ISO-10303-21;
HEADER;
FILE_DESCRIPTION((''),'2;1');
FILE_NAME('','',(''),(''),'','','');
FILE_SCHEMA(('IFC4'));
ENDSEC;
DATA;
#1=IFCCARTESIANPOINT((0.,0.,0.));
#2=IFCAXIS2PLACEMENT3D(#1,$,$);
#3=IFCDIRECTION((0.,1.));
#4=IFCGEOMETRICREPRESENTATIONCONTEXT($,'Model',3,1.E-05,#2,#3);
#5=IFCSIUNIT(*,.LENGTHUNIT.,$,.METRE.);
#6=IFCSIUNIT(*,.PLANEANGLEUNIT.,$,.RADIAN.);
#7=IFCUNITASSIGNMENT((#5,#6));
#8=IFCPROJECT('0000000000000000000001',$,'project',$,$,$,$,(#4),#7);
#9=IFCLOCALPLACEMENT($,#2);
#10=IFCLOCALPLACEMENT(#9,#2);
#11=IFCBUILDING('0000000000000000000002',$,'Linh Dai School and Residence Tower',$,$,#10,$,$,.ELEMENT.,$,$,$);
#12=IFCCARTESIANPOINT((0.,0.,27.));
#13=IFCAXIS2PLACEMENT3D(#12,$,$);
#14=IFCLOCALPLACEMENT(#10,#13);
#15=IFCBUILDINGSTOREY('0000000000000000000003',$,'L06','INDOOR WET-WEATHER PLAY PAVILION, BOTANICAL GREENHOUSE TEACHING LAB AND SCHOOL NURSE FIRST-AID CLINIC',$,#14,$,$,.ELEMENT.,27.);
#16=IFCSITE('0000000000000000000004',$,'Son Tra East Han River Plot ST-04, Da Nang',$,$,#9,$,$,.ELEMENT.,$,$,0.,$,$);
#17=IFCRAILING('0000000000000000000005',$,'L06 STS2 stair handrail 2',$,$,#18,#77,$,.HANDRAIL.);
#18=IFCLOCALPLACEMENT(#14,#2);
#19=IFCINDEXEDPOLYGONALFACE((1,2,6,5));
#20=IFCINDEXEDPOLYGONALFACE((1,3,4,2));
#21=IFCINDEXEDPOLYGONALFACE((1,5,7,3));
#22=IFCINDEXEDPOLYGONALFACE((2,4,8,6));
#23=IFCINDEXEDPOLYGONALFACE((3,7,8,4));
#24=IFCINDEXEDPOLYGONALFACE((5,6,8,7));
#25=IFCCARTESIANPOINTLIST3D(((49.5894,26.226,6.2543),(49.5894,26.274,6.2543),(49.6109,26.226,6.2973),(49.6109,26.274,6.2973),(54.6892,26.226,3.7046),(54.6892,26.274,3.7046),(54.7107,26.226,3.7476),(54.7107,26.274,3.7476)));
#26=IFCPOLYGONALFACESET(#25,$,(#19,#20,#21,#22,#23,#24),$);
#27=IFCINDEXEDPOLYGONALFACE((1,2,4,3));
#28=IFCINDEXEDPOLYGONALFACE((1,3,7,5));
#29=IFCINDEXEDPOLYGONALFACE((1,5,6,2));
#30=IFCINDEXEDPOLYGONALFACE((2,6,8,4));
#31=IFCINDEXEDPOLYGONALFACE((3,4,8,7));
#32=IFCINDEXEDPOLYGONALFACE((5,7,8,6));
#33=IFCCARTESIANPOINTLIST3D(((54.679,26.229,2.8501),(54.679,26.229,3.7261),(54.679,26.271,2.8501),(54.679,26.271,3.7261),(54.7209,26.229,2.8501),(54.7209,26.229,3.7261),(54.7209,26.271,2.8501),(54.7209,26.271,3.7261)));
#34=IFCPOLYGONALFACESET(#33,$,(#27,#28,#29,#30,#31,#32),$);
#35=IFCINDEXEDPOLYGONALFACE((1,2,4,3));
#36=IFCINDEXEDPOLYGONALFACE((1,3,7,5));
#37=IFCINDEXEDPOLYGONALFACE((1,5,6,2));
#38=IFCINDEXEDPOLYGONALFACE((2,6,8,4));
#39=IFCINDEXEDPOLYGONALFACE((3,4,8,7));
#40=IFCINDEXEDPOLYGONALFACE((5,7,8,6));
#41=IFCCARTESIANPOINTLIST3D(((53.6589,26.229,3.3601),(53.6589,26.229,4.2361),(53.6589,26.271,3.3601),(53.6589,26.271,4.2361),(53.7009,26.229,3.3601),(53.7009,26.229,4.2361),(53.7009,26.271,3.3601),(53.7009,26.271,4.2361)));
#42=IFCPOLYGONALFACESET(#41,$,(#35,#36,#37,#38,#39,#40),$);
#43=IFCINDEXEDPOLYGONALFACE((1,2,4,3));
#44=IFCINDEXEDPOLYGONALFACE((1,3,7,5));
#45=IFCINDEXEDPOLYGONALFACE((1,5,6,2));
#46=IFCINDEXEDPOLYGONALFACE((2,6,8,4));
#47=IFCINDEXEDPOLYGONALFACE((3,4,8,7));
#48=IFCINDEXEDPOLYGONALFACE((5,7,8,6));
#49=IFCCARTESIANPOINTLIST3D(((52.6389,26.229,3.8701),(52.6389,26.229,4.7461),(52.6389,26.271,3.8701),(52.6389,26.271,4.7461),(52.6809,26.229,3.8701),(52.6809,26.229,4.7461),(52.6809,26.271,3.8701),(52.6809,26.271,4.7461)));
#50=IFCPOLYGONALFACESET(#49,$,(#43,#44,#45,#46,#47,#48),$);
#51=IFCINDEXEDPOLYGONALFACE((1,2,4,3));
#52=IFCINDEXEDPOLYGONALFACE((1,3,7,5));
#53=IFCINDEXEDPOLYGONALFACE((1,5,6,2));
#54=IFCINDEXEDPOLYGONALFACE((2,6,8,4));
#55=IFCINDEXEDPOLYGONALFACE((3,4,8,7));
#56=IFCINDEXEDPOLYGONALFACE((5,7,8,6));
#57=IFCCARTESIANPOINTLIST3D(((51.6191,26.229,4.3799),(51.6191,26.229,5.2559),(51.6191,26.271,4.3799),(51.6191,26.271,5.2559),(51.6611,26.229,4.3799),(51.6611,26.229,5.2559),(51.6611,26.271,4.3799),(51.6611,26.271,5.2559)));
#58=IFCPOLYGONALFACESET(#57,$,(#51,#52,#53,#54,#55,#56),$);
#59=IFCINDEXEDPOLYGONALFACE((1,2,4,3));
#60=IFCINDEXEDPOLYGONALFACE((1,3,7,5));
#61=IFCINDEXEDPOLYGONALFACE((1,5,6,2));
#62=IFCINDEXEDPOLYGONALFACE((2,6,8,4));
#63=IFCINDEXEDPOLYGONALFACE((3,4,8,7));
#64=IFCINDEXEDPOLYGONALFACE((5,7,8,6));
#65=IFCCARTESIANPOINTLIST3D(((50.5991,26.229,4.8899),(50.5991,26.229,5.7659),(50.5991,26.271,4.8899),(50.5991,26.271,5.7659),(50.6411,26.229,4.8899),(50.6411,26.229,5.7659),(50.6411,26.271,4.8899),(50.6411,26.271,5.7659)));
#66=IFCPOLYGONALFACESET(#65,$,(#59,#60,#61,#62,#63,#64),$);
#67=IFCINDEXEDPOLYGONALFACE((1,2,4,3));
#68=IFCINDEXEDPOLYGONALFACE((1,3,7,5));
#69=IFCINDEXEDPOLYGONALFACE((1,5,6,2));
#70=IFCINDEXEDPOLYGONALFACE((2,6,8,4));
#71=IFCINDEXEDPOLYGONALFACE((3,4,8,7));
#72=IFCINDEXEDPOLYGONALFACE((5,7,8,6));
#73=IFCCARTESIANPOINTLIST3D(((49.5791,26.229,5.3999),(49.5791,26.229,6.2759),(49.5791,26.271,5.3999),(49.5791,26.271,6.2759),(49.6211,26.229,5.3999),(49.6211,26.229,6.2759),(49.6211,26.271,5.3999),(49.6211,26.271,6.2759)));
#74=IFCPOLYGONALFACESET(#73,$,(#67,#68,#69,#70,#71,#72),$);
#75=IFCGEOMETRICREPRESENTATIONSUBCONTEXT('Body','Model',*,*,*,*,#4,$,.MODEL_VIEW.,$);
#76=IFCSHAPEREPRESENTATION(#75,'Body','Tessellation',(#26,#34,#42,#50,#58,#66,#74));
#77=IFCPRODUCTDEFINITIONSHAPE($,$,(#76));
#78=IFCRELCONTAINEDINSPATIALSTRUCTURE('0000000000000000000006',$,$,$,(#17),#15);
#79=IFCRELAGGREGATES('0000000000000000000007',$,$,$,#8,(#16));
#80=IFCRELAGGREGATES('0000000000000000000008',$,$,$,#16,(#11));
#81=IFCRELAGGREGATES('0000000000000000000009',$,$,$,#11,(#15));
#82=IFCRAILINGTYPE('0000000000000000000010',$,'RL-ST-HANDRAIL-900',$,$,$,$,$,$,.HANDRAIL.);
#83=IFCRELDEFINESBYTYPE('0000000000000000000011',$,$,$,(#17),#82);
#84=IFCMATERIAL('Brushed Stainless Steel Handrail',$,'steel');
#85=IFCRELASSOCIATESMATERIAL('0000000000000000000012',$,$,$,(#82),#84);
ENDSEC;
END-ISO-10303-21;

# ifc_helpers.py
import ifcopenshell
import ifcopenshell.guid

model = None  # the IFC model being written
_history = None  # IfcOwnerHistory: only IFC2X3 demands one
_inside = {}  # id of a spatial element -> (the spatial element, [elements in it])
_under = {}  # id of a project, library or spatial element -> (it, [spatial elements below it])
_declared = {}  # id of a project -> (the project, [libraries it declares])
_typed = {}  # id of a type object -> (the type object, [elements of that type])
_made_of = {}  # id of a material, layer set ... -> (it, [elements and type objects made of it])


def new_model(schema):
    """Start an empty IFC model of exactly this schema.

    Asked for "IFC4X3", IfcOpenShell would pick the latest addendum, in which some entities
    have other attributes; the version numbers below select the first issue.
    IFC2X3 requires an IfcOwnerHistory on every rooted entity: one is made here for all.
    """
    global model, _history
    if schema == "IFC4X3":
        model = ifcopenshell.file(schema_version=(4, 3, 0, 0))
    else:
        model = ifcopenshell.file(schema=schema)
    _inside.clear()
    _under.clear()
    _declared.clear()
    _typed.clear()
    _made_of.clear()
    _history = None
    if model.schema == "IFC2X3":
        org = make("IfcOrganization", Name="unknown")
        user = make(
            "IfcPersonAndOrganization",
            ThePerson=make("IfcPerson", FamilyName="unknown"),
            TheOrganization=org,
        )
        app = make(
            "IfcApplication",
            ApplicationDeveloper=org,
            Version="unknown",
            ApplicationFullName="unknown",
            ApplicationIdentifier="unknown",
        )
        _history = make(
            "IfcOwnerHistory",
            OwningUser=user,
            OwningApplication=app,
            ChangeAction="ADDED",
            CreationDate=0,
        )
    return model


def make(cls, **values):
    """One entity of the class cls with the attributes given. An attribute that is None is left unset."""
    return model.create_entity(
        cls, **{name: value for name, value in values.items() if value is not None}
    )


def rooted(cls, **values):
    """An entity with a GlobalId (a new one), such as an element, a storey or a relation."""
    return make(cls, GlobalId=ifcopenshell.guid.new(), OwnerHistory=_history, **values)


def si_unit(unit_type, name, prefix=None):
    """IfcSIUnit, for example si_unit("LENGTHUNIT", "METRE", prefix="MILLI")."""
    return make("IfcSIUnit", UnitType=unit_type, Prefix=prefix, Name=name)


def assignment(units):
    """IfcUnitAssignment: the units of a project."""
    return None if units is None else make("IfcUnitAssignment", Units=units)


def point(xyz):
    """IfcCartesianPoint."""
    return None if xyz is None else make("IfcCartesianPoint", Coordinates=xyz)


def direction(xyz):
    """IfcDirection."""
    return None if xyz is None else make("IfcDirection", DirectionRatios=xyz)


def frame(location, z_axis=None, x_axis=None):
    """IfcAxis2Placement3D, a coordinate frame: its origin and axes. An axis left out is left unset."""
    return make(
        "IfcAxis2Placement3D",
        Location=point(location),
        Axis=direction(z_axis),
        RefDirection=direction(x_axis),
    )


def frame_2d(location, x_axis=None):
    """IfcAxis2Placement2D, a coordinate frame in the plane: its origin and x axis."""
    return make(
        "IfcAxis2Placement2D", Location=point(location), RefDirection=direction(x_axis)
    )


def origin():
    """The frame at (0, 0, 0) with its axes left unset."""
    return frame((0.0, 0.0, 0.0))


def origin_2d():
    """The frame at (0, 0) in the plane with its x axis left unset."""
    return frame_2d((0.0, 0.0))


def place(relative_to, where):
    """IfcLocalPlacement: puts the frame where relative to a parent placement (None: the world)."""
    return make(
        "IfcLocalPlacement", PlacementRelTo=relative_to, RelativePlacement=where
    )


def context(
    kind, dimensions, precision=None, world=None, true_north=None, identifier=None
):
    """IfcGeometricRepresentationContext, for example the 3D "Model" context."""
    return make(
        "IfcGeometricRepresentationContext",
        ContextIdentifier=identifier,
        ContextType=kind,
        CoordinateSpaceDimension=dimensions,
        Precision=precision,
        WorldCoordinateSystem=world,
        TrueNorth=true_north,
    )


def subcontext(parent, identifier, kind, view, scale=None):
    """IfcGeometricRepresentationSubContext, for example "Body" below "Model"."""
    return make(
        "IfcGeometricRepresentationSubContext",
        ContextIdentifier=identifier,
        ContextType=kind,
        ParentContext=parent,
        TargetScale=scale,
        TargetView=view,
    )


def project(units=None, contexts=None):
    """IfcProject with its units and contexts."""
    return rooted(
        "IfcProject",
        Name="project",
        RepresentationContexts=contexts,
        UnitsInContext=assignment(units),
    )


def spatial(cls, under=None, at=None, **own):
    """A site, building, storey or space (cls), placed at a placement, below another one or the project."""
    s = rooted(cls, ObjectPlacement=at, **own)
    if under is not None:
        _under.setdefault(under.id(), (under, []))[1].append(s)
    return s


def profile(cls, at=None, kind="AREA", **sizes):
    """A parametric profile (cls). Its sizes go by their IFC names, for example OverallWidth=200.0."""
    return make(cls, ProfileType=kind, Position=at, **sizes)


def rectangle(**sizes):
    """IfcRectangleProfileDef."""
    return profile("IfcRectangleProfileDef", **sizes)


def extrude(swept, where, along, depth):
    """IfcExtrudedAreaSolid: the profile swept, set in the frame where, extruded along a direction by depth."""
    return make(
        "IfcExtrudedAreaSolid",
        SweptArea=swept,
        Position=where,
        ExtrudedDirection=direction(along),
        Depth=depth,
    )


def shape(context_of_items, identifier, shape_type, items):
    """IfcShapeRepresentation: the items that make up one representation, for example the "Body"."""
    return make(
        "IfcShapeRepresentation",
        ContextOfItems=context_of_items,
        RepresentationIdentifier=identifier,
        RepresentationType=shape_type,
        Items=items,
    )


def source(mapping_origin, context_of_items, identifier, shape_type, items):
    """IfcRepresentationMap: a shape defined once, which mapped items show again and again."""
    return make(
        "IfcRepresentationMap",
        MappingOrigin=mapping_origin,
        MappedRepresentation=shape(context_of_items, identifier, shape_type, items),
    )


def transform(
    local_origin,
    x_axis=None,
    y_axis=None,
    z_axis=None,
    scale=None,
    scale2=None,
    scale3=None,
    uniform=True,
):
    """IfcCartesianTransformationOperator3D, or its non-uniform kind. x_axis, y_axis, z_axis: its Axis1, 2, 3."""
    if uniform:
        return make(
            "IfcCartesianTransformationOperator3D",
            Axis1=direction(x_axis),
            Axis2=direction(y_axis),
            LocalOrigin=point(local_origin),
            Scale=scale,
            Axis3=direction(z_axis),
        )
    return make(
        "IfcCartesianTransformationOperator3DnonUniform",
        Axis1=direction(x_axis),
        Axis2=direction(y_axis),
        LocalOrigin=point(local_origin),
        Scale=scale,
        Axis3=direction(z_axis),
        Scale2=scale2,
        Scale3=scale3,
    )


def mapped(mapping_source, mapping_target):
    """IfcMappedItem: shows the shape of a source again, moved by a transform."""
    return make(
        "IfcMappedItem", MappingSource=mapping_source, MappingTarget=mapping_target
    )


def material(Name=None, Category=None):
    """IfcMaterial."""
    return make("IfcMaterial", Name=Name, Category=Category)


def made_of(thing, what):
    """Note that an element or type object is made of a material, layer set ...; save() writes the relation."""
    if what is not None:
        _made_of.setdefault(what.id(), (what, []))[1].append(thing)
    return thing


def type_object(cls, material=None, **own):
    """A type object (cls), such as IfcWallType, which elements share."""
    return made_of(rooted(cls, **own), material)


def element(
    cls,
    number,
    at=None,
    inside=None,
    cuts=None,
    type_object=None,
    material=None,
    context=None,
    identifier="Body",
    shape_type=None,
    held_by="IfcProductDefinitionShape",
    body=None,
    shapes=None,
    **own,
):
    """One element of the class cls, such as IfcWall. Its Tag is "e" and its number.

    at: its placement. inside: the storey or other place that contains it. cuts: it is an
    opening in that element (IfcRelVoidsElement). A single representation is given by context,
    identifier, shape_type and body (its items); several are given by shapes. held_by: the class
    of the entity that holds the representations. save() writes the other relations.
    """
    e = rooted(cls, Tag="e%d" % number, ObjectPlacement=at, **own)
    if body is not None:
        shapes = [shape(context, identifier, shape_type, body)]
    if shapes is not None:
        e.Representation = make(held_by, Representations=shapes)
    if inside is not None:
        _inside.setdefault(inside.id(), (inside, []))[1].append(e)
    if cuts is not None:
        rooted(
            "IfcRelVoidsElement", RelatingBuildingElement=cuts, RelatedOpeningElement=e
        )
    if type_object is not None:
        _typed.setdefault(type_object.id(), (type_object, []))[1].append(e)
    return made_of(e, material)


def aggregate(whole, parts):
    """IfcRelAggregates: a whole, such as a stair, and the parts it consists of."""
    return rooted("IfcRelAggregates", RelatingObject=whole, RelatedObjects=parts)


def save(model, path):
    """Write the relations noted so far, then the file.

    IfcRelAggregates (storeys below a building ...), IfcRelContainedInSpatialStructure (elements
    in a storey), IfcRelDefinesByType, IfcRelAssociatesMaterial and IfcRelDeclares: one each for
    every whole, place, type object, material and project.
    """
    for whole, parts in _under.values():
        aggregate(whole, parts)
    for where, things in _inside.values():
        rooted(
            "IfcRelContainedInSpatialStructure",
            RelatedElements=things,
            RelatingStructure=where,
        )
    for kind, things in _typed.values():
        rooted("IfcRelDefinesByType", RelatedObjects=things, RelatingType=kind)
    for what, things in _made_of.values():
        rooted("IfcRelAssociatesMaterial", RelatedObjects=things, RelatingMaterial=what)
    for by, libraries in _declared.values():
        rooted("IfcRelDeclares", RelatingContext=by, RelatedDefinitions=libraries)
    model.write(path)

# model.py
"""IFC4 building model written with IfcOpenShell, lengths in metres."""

from ifc_helpers import new_model, si_unit, direction, frame, origin, origin_2d, place, context, subcontext, project, spatial, rectangle, extrude, source, transform, mapped, material, type_object, element, save


model = new_model("IFC4")

# Units and contexts
model_context = context("Model", 3, precision=1e-05, world=origin(), true_north=direction((0.0, 1.0)))
body_context = subcontext(model_context, "Body", "Model", "MODEL_VIEW")
ifc_project = project(units=[si_unit("LENGTHUNIT", "METRE"), si_unit("PLANEANGLEUNIT", "RADIAN")], contexts=[model_context])

# Site, building, storey
site_placement = place(None, origin())
site = spatial("IfcSite", under=ifc_project, at=site_placement, Name="Son Tra East Han River Plot ST-04, Da Nang", CompositionType="ELEMENT", RefElevation=0.0)
building_placement = place(site_placement, origin())
building = spatial("IfcBuilding", under=site, at=building_placement, Name="Linh Dai School and Residence Tower", CompositionType="ELEMENT")
storey_placement = place(building_placement, frame((0.0, 0.0, 27.0)))
storey = spatial("IfcBuildingStorey", under=building, at=storey_placement, Name="L06", Description="INDOOR WET-WEATHER PLAY PAVILION, BOTANICAL GREENHOUSE TEACHING LAB AND SCHOOL NURSE FIRST-AID CLINIC", CompositionType="ELEMENT", Elevation=27.0)

# Railing
ifc_material_1 = material(Name="Brushed Stainless Steel Handrail", Category="steel")
railing_type_1 = type_object("IfcRailingType", Name="RL-ST-HANDRAIL-900", PredefinedType="HANDRAIL", material=ifc_material_1)
shared_shape_1 = source(origin(), body_context, "Body", "SweptSolid", [
    extrude(rectangle(XDim=0.0481, YDim=0.0481, at=origin_2d()), frame((0.0, 0.0, 0.876), z_axis=(-0.894436, 0.0, 0.447196), x_axis=(0.0, -1.0, 0.0)), (0.0, 0.0, 1.0), 5.7017),
    extrude(rectangle(XDim=0.042, YDim=0.042, at=origin_2d()), origin(), (0.0, 0.0, 1.0), 0.876),
    extrude(rectangle(XDim=0.042, YDim=0.042, at=origin_2d()), frame((-1.02, 0.0, 0.51)), (0.0, 0.0, 1.0), 0.876),
    extrude(rectangle(XDim=0.042, YDim=0.042, at=origin_2d()), frame((-2.04, 0.0, 1.02)), (0.0, 0.0, 1.0), 0.876),
    extrude(rectangle(XDim=0.042, YDim=0.042, at=origin_2d()), frame((-3.0598, 0.0, 1.5298)), (0.0, 0.0, 1.0), 0.876),
    extrude(rectangle(XDim=0.042, YDim=0.042, at=origin_2d()), frame((-4.0798, 0.0, 2.0398)), (0.0, 0.0, 1.0), 0.876),
    extrude(rectangle(XDim=0.042, YDim=0.042, at=origin_2d()), frame((-5.0999, 0.0, 2.5498)), (0.0, 0.0, 1.0), 0.876),
])
railing_1_placement = place(storey_placement, frame((54.7, 26.25, 2.8501)))
element("IfcRailing", 1, at=railing_1_placement, inside=storey, type_object=railing_type_1, Name="L06 STS2 stair handrail 2", PredefinedType="HANDRAIL", context=body_context, shape_type="MappedRepresentation", body=[
    mapped(shared_shape_1, transform((0.0, 0.0, 0.0), x_axis=(1.0, 0.0, 0.0), y_axis=(0.0, 1.0, 0.0), z_axis=(0.0, 0.0, 1.0), scale=1.0)),
])

save(model, "model.ifc")
